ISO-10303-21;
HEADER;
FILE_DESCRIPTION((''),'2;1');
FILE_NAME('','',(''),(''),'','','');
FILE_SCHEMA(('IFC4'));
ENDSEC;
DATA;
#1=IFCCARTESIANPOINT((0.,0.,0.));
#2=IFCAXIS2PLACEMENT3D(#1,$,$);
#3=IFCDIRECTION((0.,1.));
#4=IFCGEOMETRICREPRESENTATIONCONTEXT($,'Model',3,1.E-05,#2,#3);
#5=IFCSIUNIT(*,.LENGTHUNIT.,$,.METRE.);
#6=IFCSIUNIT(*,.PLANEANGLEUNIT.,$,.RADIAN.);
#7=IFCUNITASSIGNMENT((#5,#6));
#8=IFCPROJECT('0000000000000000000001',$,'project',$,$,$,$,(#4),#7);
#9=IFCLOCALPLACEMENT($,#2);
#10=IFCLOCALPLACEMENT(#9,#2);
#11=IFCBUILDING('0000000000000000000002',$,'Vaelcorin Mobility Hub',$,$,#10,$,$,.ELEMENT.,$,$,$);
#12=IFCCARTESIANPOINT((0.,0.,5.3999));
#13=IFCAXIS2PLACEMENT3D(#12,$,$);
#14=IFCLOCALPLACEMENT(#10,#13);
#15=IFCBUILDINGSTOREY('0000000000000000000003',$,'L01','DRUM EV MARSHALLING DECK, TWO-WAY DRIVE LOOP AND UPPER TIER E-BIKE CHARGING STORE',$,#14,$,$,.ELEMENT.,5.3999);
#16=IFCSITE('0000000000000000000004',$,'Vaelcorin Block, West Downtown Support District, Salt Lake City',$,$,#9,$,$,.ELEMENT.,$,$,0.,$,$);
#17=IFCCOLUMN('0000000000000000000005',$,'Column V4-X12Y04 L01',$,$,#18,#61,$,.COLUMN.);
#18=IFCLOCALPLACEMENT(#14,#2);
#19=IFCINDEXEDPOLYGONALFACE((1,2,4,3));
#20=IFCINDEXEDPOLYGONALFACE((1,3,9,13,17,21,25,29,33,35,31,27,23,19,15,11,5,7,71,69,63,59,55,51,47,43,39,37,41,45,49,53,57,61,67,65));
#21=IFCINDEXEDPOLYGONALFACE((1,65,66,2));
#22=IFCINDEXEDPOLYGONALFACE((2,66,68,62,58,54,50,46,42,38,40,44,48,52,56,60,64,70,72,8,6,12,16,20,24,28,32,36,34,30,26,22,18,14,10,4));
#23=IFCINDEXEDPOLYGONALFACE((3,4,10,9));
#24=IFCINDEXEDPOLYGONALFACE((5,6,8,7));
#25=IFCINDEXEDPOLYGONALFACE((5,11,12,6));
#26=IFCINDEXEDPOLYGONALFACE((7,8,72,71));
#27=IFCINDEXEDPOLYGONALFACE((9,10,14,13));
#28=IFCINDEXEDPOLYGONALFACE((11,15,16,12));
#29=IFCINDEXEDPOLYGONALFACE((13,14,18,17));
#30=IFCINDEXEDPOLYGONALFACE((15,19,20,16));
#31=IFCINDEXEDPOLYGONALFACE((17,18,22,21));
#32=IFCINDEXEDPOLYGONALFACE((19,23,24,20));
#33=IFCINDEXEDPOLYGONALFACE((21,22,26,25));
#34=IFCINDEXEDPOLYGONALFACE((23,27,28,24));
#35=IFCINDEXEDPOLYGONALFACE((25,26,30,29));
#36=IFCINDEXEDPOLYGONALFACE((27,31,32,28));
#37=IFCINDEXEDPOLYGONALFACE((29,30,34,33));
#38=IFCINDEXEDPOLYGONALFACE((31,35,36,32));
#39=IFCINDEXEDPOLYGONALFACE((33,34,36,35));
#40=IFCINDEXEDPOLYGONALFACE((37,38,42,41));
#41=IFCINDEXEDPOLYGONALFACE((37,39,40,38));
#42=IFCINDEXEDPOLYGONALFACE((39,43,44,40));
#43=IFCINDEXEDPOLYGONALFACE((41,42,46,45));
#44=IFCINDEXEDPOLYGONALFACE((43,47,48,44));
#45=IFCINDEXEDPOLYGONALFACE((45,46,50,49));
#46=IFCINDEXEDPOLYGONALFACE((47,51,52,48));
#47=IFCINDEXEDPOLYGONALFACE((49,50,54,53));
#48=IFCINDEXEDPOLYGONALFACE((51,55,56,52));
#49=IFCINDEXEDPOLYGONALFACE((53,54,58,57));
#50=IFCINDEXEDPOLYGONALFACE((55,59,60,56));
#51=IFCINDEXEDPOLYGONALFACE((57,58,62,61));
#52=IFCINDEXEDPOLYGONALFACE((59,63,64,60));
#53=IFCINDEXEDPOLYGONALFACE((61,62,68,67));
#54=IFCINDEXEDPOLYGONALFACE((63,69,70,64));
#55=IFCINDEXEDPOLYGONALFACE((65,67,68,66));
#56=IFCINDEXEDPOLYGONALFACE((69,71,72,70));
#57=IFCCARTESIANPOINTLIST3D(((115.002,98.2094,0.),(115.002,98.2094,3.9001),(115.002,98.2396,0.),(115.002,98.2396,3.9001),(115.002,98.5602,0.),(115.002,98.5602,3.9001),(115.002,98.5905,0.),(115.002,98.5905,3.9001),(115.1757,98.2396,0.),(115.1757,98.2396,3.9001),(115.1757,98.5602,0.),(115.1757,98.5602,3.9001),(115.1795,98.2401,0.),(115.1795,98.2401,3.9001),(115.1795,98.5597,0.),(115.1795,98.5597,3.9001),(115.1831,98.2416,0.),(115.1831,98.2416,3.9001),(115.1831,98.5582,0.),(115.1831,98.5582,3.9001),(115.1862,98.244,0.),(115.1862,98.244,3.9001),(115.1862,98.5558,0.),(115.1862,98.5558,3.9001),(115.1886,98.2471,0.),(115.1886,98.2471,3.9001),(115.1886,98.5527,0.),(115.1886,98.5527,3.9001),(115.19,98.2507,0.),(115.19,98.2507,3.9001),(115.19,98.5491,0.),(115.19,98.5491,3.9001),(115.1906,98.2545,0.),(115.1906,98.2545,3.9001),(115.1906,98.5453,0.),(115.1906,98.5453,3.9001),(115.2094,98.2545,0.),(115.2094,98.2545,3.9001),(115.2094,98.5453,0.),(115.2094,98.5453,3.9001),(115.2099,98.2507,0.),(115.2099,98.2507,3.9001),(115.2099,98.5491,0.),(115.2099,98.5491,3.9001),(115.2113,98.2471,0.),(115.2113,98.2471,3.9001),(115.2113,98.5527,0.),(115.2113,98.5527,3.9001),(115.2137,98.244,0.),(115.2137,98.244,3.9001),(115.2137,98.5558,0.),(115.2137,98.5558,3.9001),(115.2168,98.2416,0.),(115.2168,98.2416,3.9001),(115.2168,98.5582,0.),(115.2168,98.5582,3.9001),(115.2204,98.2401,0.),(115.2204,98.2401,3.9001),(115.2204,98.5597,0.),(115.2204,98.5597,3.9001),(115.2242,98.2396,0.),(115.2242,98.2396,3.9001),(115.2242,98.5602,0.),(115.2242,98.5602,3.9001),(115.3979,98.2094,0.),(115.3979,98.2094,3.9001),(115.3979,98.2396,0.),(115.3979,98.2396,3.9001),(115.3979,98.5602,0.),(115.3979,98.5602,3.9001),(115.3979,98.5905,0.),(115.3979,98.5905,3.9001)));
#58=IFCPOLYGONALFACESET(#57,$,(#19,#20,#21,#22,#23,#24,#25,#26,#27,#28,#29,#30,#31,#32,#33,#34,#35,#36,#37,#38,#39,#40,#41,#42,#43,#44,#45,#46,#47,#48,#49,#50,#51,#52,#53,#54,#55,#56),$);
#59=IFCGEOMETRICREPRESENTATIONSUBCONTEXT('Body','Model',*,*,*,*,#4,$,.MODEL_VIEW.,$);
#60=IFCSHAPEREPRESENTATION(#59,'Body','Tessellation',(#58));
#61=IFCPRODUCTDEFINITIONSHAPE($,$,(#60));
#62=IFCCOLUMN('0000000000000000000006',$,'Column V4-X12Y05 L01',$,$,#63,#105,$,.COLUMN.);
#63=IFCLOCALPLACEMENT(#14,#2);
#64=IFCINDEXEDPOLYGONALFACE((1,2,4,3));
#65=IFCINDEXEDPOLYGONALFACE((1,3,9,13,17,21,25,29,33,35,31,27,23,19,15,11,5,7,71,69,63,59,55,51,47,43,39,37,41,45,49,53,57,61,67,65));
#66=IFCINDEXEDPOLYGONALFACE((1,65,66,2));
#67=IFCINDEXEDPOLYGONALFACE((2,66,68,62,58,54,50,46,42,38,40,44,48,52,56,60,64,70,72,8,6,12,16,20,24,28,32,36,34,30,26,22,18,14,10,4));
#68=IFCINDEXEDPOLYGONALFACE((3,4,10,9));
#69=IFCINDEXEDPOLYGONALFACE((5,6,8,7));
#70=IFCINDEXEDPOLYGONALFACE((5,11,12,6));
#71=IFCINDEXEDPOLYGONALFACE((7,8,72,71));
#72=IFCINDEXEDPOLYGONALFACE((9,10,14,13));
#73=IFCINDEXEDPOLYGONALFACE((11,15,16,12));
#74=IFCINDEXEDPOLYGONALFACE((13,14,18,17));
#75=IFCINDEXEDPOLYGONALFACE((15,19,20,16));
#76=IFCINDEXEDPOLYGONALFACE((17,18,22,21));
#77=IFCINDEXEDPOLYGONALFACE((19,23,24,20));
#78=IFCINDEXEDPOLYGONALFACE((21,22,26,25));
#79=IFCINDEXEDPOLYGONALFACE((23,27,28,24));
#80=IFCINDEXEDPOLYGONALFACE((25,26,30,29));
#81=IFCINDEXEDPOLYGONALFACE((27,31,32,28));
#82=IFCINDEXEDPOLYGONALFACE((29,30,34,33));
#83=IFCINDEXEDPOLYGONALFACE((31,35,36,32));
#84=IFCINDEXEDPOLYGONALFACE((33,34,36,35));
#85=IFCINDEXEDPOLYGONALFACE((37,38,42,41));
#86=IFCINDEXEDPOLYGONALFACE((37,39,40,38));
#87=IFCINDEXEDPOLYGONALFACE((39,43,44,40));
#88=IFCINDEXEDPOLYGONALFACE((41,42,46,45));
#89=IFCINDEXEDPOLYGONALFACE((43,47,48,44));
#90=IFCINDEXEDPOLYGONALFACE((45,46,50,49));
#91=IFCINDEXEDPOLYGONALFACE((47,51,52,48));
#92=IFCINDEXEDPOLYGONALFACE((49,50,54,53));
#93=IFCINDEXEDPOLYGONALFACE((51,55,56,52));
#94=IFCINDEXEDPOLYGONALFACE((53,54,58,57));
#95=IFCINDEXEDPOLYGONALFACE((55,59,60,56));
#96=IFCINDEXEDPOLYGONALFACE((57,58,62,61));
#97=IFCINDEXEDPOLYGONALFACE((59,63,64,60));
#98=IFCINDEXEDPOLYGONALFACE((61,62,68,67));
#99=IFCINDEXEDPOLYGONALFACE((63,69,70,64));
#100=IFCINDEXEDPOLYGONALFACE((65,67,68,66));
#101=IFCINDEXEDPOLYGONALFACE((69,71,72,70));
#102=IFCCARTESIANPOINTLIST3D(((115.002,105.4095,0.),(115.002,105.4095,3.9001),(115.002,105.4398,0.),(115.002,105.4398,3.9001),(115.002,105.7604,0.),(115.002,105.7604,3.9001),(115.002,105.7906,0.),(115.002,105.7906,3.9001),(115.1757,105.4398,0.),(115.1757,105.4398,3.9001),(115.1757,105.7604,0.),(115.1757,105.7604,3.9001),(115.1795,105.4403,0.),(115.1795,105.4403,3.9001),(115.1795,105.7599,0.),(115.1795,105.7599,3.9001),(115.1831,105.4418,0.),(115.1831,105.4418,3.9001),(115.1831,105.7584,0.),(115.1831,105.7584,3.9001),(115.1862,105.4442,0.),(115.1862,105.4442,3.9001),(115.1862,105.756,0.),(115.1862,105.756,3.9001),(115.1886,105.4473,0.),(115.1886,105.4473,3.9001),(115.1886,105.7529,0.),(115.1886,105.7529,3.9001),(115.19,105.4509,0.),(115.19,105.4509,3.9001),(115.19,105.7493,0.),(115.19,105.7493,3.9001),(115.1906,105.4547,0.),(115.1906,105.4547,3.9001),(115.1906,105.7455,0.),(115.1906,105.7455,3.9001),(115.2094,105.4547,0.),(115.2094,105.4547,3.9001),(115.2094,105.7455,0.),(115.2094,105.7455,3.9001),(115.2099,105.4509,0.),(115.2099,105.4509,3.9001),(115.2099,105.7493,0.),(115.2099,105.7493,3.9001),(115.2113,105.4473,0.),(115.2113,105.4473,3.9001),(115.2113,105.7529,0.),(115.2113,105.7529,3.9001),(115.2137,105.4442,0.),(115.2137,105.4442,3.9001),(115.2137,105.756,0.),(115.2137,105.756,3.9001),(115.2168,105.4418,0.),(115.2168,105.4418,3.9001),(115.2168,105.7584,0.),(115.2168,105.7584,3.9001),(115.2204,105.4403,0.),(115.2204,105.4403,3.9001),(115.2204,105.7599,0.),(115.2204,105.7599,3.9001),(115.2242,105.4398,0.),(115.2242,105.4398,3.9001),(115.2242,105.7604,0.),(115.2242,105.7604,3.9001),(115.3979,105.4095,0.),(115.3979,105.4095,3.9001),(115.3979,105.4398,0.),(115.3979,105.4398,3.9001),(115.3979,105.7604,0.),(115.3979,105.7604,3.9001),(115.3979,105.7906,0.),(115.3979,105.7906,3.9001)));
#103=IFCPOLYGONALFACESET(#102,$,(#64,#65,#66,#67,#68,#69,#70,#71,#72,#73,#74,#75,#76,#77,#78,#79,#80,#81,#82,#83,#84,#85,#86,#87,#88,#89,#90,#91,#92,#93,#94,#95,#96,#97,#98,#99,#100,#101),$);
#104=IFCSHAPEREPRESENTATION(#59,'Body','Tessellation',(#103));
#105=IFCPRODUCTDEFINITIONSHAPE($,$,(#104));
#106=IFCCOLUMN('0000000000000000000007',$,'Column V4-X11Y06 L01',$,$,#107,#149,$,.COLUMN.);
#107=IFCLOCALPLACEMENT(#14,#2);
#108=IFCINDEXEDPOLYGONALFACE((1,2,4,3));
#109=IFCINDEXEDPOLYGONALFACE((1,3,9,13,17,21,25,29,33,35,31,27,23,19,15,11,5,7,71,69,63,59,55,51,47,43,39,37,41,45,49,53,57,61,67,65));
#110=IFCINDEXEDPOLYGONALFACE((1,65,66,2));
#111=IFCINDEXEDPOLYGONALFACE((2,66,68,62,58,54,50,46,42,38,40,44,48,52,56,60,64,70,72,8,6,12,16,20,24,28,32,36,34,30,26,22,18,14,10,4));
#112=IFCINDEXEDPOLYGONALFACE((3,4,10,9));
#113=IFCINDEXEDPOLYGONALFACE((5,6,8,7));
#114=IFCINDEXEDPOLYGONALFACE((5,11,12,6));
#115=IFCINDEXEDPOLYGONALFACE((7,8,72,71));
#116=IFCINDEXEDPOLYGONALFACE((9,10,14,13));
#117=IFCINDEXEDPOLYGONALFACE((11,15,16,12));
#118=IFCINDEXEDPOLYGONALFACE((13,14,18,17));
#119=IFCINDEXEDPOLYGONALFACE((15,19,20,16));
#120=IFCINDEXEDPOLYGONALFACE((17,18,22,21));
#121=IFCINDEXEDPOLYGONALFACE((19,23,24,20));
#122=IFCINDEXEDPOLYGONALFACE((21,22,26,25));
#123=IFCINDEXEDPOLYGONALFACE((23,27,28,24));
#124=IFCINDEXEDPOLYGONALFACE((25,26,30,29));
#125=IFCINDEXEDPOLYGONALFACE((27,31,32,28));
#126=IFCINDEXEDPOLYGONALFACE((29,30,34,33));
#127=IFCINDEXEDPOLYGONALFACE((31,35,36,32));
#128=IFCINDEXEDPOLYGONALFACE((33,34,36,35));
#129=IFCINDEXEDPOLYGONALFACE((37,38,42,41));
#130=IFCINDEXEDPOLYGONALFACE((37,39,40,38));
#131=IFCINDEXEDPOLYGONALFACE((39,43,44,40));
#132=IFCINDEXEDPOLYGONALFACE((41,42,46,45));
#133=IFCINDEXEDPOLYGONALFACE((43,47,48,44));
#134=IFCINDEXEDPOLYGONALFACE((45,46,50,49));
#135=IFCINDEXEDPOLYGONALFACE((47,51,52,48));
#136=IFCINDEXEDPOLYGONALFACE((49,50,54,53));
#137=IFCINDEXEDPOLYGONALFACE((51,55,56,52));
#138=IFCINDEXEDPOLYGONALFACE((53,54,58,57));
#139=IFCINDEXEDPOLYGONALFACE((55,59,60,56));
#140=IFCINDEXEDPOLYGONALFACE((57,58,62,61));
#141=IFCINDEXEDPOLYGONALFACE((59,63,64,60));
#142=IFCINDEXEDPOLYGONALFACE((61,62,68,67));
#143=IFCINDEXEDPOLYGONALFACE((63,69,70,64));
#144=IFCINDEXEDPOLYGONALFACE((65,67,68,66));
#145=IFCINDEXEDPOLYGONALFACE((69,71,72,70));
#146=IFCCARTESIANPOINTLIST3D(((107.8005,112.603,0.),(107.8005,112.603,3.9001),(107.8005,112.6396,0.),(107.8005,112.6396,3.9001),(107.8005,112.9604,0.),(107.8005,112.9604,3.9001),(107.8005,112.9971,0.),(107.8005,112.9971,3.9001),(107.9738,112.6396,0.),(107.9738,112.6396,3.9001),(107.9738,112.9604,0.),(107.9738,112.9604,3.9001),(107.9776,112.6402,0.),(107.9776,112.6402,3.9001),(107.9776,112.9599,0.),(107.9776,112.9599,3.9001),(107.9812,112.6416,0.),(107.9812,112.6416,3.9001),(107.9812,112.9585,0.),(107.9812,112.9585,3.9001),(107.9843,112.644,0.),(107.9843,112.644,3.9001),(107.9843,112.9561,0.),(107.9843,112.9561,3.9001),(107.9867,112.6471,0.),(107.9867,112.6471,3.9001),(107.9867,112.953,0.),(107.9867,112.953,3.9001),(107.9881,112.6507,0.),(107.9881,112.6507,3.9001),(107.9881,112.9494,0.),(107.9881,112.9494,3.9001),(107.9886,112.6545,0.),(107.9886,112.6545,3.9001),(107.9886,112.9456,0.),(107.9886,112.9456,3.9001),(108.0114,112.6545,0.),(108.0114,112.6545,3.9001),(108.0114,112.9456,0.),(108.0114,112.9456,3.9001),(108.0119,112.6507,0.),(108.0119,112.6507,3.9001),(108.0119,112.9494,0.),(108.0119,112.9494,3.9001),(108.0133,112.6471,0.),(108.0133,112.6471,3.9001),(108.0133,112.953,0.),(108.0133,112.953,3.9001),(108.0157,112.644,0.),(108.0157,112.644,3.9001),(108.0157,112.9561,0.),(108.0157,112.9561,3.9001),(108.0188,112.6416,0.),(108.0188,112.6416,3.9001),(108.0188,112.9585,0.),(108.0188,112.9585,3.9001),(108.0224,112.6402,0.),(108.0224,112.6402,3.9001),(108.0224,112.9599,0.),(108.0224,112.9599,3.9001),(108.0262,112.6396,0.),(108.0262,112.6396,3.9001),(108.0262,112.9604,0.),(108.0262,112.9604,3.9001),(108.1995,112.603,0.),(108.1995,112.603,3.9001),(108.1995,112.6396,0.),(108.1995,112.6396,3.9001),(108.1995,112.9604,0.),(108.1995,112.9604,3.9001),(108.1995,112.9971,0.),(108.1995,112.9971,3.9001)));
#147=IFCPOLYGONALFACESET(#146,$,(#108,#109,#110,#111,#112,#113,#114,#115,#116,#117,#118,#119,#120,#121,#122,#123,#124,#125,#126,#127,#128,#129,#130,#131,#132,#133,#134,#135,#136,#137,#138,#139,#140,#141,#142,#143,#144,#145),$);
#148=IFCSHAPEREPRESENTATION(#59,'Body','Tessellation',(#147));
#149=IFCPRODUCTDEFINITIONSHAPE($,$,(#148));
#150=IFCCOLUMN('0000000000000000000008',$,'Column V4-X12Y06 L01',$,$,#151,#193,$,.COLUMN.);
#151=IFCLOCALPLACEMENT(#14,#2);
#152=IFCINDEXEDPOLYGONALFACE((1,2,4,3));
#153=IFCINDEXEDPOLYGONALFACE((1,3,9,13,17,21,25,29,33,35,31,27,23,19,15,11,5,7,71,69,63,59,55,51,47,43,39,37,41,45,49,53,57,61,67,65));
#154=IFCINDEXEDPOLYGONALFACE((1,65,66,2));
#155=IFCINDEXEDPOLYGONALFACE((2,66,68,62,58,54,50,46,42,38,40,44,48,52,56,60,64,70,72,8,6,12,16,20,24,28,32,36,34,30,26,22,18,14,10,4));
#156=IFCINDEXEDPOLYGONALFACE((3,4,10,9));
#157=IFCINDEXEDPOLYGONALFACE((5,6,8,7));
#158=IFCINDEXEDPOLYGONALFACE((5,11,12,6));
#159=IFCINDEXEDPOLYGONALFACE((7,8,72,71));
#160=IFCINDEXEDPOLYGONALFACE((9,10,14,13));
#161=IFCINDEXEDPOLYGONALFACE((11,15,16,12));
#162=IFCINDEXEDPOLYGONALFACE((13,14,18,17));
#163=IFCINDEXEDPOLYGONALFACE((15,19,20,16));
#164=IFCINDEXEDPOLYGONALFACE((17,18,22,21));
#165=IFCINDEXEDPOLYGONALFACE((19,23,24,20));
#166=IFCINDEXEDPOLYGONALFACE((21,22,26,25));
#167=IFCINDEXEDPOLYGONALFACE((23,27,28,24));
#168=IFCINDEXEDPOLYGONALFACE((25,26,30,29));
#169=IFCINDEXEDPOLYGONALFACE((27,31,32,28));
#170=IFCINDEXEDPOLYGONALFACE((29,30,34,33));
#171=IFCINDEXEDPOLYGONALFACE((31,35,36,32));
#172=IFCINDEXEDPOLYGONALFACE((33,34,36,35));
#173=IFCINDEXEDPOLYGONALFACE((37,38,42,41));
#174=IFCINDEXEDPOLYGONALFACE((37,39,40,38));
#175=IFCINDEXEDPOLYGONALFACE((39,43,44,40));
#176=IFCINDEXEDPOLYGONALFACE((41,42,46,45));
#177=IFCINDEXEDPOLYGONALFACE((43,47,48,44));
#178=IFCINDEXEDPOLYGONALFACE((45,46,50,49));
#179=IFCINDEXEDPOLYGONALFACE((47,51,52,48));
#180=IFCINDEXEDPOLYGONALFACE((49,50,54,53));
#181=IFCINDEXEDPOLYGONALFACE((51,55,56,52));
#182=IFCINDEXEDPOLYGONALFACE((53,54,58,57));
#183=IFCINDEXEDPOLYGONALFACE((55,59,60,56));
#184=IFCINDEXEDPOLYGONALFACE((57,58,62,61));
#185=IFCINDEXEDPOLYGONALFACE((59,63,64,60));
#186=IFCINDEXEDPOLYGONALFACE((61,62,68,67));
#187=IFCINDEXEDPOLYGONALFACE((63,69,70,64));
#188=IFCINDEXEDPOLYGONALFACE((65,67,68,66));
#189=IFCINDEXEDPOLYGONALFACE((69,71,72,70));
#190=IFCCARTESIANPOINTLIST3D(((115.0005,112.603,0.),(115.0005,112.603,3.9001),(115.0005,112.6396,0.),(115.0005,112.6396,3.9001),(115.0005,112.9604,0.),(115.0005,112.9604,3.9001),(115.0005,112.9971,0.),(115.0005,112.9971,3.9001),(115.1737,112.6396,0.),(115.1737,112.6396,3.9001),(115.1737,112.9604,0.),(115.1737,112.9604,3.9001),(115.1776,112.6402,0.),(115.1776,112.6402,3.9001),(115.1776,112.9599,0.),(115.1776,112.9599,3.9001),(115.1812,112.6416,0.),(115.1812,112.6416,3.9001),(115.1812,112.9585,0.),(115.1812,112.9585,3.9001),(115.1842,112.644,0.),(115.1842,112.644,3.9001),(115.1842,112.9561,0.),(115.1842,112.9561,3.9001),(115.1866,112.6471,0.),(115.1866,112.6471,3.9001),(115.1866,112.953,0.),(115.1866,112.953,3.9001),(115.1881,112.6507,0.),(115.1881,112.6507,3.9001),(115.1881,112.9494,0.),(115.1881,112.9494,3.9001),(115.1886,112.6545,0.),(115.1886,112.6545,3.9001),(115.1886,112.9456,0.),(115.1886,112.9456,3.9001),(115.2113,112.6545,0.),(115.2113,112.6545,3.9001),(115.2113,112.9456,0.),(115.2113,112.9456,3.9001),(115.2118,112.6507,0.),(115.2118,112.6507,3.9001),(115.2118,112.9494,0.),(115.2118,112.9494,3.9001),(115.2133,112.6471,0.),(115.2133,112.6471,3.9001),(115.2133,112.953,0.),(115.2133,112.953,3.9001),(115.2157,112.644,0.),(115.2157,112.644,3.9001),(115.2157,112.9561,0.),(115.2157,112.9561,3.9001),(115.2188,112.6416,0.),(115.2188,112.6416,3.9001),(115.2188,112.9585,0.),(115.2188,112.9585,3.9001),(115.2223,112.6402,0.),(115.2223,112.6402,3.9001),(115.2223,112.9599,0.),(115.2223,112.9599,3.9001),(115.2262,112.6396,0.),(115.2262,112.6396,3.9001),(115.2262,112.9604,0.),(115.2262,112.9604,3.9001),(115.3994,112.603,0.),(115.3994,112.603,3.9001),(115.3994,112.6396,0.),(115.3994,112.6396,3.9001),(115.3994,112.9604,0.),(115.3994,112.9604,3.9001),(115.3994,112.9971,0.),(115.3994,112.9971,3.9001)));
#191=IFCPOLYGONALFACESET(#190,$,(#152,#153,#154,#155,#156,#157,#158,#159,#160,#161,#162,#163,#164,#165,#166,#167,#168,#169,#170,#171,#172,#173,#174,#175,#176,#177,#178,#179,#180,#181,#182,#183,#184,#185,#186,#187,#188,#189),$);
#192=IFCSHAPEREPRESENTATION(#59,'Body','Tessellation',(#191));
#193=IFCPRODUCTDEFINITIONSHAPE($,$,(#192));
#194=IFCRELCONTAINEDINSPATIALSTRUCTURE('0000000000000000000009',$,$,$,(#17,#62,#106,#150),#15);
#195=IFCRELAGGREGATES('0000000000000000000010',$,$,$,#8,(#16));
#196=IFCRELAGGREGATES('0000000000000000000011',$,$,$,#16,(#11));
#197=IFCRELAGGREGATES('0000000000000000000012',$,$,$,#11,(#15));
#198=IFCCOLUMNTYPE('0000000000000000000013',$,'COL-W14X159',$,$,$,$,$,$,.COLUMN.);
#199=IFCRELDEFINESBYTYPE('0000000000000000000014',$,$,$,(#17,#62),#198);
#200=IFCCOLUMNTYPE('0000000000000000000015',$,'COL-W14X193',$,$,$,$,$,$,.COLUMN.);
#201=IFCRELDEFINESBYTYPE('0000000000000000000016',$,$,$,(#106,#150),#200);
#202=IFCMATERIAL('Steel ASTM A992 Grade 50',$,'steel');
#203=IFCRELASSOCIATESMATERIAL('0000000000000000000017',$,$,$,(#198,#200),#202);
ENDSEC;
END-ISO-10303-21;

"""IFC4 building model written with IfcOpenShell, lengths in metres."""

from ifc_helpers import new_model, si_unit, direction, frame, origin, origin_2d, place, context, subcontext, project, spatial, i_section, extrude, material, material_profile, profile_set, type_object, element, save


model = new_model("IFC4")

# Units and contexts
model_context = context("Model", 3, precision=1e-05, world=origin(), true_north=direction((0.0, 1.0)))
body_context = subcontext(model_context, "Body", "Model", "MODEL_VIEW")
ifc_project = project(units=[si_unit("LENGTHUNIT", "METRE"), si_unit("PLANEANGLEUNIT", "RADIAN")], contexts=[model_context])

# Site, building, storey
site_placement = place(None, origin())
site = spatial("IfcSite", under=ifc_project, at=site_placement, Name="Vaelcorin Block, West Downtown Support District, Salt Lake City", CompositionType="ELEMENT", RefElevation=0.0)
building_placement = place(site_placement, origin())
building = spatial("IfcBuilding", under=site, at=building_placement, Name="Vaelcorin Mobility Hub", CompositionType="ELEMENT")
storey_placement = place(building_placement, frame((0.0, 0.0, 5.3999)))
storey = spatial("IfcBuildingStorey", under=building, at=storey_placement, Name="L01", Description="DRUM EV MARSHALLING DECK, TWO-WAY DRIVE LOOP AND UPPER TIER E-BIKE CHARGING STORE", CompositionType="ELEMENT", Elevation=5.3999)

# Columns
ifc_material_1 = material(Name="Steel ASTM A992 Grade 50", Category="steel")
ifc_material_profile_1 = material_profile(ifc_material_1, i_section(OverallWidth=0.396, OverallDepth=0.3811, WebThickness=0.0188, FlangeThickness=0.0303, FilletRadius=0.0149, at=origin_2d()), Name="W14X159")
ifc_profile_set_1 = profile_set([ifc_material_profile_1], Name="Steel ASTM A992 Grade 50")
column_type_1 = type_object("IfcColumnType", Name="COL-W14X159", PredefinedType="COLUMN", material=ifc_profile_set_1)
for number, where, z_axis, x_axis, name in (
    (1, (115.2, 98.3999, 0.0), (0.0, 0.0, 1.0), (1.0, 0.0, 0.0), "Column V4-X12Y04 L01"),
    (2, (115.2, 105.6001, 0.0), (0.0, 0.0, 1.0), (1.0, 0.0, 0.0), "Column V4-X12Y05 L01"),
):
    element("IfcColumn", number, at=place(storey_placement, frame(where, z_axis=z_axis, x_axis=x_axis)), inside=storey, type_object=column_type_1, Name=name, PredefinedType="COLUMN", context=body_context, shape_type="SweptSolid", body=[
        extrude(i_section(OverallWidth=0.396, OverallDepth=0.3811, WebThickness=0.0188, FlangeThickness=0.0303, FilletRadius=0.0149, at=origin_2d()), origin(), (0.0, 0.0, 1.0), 3.9001),
    ])
ifc_material_profile_2 = material_profile(ifc_material_1, i_section(OverallWidth=0.3989, OverallDepth=0.394, WebThickness=0.0227, FlangeThickness=0.0366, FilletRadius=0.0149, at=origin_2d()), Name="W14X193")
ifc_profile_set_2 = profile_set([ifc_material_profile_2], Name="Steel ASTM A992 Grade 50")
column_type_2 = type_object("IfcColumnType", Name="COL-W14X193", PredefinedType="COLUMN", material=ifc_profile_set_2)
for number, where, z_axis, x_axis, name in (
    (3, (108.0, 112.8, 0.0), (0.0, 0.0, 1.0), (1.0, 0.0, 0.0), "Column V4-X11Y06 L01"),
    (4, (115.2, 112.8, 0.0), (0.0, 0.0, 1.0), (1.0, 0.0, 0.0), "Column V4-X12Y06 L01"),
):
    element("IfcColumn", number, at=place(storey_placement, frame(where, z_axis=z_axis, x_axis=x_axis)), inside=storey, type_object=column_type_2, Name=name, PredefinedType="COLUMN", context=body_context, shape_type="SweptSolid", body=[
        extrude(i_section(OverallWidth=0.3989, OverallDepth=0.394, WebThickness=0.0227, FlangeThickness=0.0366, FilletRadius=0.0149, at=origin_2d()), origin(), (0.0, 0.0, 1.0), 3.9001),
    ])

save(model, "model.ifc")
